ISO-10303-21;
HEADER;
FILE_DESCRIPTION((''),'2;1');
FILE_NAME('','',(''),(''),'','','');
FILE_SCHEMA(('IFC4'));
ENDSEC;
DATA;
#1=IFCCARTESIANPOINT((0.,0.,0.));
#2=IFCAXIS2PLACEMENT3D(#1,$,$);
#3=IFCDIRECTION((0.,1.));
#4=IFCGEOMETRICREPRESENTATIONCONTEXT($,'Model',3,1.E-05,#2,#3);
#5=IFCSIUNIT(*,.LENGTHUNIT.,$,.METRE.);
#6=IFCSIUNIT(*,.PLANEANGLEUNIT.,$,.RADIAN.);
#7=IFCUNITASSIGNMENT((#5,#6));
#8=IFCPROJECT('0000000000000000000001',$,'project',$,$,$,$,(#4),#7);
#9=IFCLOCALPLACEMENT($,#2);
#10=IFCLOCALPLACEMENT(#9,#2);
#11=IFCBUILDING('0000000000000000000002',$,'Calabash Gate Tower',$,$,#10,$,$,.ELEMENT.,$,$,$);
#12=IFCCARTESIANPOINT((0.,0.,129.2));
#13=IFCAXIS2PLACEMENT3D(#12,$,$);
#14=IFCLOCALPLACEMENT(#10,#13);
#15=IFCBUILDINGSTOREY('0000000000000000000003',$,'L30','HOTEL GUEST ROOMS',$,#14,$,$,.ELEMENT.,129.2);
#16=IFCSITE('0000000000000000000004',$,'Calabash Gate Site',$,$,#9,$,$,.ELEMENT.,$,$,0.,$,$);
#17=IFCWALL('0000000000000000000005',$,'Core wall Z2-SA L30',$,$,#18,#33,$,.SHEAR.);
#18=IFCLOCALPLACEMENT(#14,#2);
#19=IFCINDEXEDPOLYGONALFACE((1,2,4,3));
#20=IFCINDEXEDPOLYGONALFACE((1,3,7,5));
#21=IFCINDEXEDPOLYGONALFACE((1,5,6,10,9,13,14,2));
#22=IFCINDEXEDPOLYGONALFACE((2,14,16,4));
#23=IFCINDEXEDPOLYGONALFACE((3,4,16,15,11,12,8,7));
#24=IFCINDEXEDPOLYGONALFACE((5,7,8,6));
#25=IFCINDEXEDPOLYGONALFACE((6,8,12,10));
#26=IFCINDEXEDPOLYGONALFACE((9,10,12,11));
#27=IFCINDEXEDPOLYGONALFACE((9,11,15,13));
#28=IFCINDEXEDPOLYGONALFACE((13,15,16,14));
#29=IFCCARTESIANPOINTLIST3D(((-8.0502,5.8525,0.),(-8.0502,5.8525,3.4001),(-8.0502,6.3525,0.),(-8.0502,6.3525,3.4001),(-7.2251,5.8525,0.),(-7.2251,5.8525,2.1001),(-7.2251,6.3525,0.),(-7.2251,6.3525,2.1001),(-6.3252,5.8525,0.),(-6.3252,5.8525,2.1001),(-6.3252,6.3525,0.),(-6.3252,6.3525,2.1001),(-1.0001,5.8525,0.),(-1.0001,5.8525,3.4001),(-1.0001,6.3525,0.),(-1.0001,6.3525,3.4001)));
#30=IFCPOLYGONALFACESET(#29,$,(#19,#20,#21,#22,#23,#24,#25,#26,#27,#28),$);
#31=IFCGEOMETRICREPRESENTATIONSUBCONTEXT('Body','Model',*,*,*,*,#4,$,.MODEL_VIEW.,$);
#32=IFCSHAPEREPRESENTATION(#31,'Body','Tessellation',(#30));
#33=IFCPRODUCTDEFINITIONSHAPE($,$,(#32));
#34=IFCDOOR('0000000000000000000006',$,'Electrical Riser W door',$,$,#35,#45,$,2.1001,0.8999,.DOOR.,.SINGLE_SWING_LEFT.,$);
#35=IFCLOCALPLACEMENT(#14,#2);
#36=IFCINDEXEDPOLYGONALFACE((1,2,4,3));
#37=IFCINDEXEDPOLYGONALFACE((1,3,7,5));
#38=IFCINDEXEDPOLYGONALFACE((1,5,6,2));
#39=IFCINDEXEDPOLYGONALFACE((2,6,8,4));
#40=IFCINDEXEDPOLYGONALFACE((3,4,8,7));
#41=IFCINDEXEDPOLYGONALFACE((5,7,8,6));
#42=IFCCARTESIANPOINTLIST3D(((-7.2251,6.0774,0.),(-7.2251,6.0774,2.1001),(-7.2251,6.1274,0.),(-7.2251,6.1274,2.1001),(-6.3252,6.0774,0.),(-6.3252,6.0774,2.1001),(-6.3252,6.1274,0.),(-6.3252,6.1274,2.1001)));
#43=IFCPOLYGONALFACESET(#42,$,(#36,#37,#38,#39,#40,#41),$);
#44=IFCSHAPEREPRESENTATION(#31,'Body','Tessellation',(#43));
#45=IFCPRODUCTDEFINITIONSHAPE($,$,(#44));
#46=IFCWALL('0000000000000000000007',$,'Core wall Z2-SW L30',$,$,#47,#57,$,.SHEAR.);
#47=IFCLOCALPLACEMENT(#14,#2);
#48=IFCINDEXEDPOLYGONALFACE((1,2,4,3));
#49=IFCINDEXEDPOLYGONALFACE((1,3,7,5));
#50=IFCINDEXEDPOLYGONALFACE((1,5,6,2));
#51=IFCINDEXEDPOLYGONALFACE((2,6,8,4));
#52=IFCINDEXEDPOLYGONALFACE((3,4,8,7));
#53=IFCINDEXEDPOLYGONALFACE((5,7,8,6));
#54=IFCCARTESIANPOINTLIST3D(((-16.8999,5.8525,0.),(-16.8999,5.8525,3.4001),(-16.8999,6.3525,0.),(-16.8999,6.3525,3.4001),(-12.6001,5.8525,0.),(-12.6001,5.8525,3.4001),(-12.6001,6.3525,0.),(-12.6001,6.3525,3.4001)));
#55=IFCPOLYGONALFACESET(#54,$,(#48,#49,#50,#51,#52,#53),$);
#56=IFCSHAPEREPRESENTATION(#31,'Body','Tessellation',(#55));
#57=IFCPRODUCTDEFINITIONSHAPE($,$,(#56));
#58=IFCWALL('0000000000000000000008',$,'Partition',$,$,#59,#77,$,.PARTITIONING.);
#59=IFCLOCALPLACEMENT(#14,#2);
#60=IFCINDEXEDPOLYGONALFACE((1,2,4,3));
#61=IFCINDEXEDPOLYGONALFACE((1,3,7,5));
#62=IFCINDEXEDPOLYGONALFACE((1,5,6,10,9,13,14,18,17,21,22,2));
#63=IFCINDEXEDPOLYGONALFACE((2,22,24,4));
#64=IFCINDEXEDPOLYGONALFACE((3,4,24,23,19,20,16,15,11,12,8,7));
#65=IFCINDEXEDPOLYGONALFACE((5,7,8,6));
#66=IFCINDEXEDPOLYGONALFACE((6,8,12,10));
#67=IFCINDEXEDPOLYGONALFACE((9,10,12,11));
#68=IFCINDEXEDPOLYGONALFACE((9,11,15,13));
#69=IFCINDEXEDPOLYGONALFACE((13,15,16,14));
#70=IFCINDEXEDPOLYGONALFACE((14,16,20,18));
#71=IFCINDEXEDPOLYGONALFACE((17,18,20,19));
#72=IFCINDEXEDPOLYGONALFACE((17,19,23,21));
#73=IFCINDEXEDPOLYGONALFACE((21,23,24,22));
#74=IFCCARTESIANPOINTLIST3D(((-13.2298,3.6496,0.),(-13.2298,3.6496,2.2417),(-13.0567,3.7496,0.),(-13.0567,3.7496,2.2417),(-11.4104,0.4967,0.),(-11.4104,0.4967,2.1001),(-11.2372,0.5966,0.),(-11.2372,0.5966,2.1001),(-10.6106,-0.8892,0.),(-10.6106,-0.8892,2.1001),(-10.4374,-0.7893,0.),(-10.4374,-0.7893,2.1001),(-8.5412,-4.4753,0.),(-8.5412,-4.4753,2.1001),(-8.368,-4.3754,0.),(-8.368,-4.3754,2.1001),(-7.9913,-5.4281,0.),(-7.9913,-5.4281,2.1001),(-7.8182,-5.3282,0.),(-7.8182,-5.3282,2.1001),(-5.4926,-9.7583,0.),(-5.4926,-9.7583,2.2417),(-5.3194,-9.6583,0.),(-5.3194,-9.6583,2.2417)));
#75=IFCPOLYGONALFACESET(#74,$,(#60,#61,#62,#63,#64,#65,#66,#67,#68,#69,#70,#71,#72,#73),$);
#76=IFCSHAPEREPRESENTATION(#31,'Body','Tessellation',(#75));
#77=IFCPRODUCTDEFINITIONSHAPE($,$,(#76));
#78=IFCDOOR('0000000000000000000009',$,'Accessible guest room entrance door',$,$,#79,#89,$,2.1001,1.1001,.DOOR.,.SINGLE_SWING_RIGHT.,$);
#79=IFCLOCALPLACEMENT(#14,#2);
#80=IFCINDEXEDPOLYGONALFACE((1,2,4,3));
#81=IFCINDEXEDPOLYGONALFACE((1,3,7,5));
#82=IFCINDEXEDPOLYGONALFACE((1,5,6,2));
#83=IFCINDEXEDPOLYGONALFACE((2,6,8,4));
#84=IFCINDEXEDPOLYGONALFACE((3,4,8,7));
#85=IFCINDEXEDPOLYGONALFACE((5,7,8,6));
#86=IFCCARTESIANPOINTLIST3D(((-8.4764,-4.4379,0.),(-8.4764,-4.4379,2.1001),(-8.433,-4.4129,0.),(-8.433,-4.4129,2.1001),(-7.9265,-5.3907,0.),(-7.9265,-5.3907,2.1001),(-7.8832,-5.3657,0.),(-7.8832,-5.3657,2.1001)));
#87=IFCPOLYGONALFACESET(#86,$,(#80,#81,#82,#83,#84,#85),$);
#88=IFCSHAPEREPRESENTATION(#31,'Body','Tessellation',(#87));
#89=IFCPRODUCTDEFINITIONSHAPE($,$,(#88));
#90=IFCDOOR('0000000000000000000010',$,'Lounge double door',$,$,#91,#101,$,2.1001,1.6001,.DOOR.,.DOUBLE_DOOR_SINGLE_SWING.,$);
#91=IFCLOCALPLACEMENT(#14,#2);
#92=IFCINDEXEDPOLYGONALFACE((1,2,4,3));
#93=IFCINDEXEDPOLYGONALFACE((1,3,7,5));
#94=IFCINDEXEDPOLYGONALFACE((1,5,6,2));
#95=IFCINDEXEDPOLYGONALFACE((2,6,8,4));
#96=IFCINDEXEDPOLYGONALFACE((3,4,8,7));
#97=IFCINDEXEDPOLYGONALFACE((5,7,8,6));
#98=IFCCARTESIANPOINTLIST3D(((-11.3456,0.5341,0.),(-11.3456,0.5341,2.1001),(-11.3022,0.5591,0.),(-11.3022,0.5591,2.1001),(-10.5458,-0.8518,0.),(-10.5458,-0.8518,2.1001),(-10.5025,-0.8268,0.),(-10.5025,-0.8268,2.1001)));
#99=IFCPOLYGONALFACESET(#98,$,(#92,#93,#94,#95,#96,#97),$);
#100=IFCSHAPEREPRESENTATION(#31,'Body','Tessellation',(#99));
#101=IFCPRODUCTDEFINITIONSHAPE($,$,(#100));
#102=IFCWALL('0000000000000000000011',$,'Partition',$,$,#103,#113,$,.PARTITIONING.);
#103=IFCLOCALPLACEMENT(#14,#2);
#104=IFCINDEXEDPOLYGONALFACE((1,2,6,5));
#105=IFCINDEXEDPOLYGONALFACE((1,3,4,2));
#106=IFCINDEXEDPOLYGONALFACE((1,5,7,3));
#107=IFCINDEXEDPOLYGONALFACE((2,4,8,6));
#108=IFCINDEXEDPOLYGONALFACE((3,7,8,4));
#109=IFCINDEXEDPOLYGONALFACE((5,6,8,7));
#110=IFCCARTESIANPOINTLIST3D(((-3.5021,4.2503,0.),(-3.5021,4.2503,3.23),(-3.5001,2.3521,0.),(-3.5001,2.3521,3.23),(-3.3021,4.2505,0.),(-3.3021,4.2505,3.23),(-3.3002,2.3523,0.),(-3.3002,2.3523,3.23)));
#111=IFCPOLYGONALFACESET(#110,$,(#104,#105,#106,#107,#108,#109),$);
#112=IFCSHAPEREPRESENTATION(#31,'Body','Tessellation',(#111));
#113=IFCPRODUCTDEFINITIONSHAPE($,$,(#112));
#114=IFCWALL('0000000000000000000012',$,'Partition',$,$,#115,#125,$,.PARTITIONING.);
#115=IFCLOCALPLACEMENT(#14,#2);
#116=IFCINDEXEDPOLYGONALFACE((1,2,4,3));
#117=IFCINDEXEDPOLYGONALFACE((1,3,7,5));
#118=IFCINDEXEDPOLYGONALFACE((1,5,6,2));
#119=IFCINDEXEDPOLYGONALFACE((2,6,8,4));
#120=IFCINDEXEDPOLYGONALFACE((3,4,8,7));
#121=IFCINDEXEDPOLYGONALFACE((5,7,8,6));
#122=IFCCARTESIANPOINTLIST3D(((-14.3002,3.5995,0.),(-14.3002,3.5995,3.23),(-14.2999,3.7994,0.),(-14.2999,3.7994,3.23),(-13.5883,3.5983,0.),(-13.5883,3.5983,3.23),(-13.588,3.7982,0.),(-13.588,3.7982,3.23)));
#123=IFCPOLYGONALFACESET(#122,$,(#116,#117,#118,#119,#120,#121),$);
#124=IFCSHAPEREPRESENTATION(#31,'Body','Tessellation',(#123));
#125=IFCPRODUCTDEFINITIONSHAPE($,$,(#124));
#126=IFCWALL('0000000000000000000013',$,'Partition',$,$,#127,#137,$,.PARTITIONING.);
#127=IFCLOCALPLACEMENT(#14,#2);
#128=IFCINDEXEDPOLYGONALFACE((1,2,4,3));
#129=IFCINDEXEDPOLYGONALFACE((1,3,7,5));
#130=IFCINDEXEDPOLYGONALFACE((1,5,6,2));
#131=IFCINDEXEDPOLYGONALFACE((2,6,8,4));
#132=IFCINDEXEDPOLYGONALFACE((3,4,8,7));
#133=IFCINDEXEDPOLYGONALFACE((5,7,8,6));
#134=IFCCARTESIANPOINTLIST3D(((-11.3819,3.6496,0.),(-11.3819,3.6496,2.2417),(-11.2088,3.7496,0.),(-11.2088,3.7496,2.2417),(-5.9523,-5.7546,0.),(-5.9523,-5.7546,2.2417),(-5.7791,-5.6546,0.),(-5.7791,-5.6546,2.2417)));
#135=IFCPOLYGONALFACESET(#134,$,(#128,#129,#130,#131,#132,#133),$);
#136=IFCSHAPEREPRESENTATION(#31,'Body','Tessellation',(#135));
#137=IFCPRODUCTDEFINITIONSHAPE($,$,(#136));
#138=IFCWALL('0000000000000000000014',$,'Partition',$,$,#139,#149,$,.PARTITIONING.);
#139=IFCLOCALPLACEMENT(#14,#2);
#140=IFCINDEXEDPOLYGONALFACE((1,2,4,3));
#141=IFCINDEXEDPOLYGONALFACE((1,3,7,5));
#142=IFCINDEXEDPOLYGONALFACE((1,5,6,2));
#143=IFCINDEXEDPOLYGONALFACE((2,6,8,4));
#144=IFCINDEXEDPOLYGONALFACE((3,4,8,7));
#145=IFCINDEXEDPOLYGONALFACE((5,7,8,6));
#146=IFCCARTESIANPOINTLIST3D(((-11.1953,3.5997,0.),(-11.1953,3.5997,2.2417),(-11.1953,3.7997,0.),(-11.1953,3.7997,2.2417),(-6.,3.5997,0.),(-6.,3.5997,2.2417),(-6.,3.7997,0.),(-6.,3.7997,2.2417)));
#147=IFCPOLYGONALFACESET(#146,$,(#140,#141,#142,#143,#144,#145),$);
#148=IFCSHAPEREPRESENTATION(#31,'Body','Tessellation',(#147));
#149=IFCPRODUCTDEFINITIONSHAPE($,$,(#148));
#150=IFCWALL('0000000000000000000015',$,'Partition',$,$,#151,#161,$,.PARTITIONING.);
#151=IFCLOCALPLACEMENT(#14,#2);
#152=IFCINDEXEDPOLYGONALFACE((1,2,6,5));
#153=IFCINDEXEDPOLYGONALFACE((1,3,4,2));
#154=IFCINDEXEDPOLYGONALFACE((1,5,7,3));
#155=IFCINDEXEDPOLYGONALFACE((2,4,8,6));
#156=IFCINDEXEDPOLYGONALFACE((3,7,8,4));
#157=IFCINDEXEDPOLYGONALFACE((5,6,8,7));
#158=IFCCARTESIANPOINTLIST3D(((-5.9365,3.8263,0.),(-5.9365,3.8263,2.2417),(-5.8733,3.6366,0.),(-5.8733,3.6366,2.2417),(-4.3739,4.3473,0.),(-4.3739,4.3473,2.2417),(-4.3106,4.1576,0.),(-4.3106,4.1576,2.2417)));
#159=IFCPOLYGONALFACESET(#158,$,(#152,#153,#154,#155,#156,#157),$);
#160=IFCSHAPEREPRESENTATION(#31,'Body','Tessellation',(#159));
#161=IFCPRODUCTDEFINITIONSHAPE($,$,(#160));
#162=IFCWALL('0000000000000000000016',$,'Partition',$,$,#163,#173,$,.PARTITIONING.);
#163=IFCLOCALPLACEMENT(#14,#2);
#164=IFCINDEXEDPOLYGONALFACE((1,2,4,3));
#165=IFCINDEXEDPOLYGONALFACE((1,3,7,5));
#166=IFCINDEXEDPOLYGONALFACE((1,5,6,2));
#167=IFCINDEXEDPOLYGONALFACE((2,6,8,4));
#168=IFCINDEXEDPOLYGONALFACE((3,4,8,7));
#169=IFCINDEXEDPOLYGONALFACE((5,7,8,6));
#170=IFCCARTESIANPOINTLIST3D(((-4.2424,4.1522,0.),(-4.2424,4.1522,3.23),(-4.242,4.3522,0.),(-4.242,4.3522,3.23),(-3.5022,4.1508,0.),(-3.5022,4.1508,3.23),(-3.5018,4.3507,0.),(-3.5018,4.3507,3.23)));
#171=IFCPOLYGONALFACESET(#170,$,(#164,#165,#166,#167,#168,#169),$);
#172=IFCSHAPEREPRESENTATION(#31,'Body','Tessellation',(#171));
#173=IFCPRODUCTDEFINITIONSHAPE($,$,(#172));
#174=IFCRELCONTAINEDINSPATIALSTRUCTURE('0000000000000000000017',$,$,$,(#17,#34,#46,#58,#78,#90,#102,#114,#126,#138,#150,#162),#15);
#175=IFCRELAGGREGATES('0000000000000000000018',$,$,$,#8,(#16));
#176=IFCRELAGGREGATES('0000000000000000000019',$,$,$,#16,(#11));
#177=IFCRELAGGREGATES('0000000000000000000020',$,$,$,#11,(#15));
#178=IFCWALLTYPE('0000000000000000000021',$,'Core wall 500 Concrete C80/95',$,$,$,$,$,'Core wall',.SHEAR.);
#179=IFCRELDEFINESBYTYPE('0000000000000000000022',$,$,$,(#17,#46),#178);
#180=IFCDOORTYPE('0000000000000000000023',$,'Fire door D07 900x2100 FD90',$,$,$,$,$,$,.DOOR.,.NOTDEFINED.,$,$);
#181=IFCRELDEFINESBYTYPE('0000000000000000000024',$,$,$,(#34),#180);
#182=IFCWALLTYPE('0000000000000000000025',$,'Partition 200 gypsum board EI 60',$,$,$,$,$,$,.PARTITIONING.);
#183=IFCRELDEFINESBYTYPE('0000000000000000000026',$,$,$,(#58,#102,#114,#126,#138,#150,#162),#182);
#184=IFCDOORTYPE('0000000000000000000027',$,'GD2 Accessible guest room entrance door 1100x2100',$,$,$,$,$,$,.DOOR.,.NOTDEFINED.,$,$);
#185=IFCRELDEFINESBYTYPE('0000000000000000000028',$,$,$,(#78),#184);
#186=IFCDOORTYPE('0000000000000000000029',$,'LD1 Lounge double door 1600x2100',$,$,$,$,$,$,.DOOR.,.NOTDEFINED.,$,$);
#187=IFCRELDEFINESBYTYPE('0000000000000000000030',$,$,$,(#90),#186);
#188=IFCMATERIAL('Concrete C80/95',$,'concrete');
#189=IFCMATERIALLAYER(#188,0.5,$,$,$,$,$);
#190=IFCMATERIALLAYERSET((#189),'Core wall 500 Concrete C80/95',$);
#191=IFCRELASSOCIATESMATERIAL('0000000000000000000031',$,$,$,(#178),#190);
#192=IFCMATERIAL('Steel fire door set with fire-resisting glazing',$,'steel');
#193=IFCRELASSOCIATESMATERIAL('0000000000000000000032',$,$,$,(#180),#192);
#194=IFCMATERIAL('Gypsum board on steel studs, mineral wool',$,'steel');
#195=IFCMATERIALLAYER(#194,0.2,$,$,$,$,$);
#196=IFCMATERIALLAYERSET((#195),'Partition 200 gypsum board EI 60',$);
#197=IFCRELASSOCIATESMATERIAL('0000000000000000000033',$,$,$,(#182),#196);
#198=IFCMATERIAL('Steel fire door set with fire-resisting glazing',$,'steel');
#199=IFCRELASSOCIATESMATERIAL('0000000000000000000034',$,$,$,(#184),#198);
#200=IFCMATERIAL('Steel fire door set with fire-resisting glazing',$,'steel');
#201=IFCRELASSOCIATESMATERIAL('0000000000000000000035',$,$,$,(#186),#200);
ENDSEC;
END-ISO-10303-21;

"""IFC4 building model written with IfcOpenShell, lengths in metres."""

from ifc_helpers import new_model, si_unit, direction, frame, frame_2d, origin, place, context, subcontext, project, spatial, rectangle, extrude, material, layer, layer_set, type_object, element, fill, save


model = new_model("IFC4")

# Units and contexts
model_context = context("Model", 3, precision=1e-05, world=origin(), true_north=direction((0.0, 1.0)))
body_context = subcontext(model_context, "Body", "Model", "MODEL_VIEW")
ifc_project = project(units=[si_unit("LENGTHUNIT", "METRE"), si_unit("PLANEANGLEUNIT", "RADIAN")], contexts=[model_context])

# Site, building, storey
site_placement = place(None, origin())
site = spatial("IfcSite", under=ifc_project, at=site_placement, Name="Calabash Gate Site", CompositionType="ELEMENT", RefElevation=0.0)
building_placement = place(site_placement, origin())
building = spatial("IfcBuilding", under=site, at=building_placement, Name="Calabash Gate Tower", CompositionType="ELEMENT")
storey_placement = place(building_placement, frame((0.0, 0.0, 129.2)))
storey = spatial("IfcBuildingStorey", under=building, at=storey_placement, Name="L30", Description="HOTEL GUEST ROOMS", CompositionType="ELEMENT", Elevation=129.2)

# Shared definitions
ifc_material_1 = material(Name="Concrete C80/95", Category="concrete")
ifc_layer_1 = layer(ifc_material_1, 0.5)
ifc_layer_set_1 = layer_set([ifc_layer_1], Name="Core wall 500 Concrete C80/95")
wall_type_1 = type_object("IfcWallType", Name="Core wall 500 Concrete C80/95", ElementType="Core wall", PredefinedType="SHEAR", material=ifc_layer_set_1)

# Wall, opening, door
wall_1_placement = place(storey_placement, frame((-8.05, 6.1025, 0.0), z_axis=(0.0, 0.0, 1.0), x_axis=(1.0, 0.0, 0.0)))
wall_1 = element("IfcWall", 1, at=wall_1_placement, inside=storey, type_object=wall_type_1, Name="Core wall Z2-SA L30", PredefinedType="SHEAR", context=body_context, shape_type="SweptSolid", body=[
    extrude(rectangle(XDim=7.05, YDim=0.5, at=frame_2d((3.5249, 0.0))), origin(), (0.0, 0.0, 1.0), 3.4001),
])
opening_1_placement = place(wall_1_placement, frame((0.825, 0.0, 0.0)))
opening_1 = element("IfcOpeningElement", 2, at=opening_1_placement, cuts=wall_1, PredefinedType="OPENING", context=body_context, shape_type="SweptSolid", body=[
    extrude(rectangle(XDim=0.8999, YDim=2.1001, at=frame_2d((0.45, 1.05))), frame((0.0, 0.26, 0.0), z_axis=(0.0, -1.0, 0.0), x_axis=(1.0, 0.0, 0.0)), (0.0, 0.0, 1.0), 0.52),
])
ifc_material_2 = material(Name="Steel fire door set with fire-resisting glazing", Category="steel")
door_type_1 = type_object("IfcDoorType", Name="Fire door D07 900x2100 FD90", OperationType="NOTDEFINED", PredefinedType="DOOR", material=ifc_material_2)
door_1_placement = place(opening_1_placement, origin())
door_1 = element("IfcDoor", 3, at=door_1_placement, inside=storey, type_object=door_type_1, Name="Electrical Riser W door", OperationType="SINGLE_SWING_LEFT", OverallHeight=2.1001, OverallWidth=0.8999, PredefinedType="DOOR", context=body_context, shape_type="SweptSolid", body=[
    extrude(rectangle(XDim=0.8999, YDim=2.1001, at=frame_2d((0.45, 1.05))), frame((0.0, 0.0249, 0.0), z_axis=(0.0, -1.0, 0.0), x_axis=(1.0, 0.0, 0.0)), (0.0, 0.0, 1.0), 0.05),
])
fill(opening_1, door_1)

# Wall
wall_2_placement = place(storey_placement, frame((-12.6001, 6.1025, 0.0), z_axis=(0.0, 0.0, 1.0), x_axis=(-1.0, 0.0, 0.0)))
element("IfcWall", 4, at=wall_2_placement, inside=storey, type_object=wall_type_1, Name="Core wall Z2-SW L30", PredefinedType="SHEAR", context=body_context, shape_type="SweptSolid", body=[
    extrude(rectangle(XDim=4.2998, YDim=0.5, at=frame_2d((2.1499, 0.0))), origin(), (0.0, 0.0, 1.0), 3.4001),
])

# Wall, openings, doors
ifc_material_3 = material(Name="Gypsum board on steel studs, mineral wool", Category="steel")
ifc_layer_2 = layer(ifc_material_3, 0.2)
ifc_layer_set_2 = layer_set([ifc_layer_2], Name="Partition 200 gypsum board EI 60")
wall_type_2 = type_object("IfcWallType", Name="Partition 200 gypsum board EI 60", PredefinedType="PARTITIONING", material=ifc_layer_set_2)
wall_3_placement = place(storey_placement, frame((-13.1433, 3.6997, 0.0), z_axis=(0.0, 0.0, 1.0), x_axis=(0.499817, -0.866131, 0.0)))
wall_3 = element("IfcWall", 5, at=wall_3_placement, inside=storey, type_object=wall_type_2, Name="Partition", PredefinedType="PARTITIONING", context=body_context, shape_type="SweptSolid", body=[
    extrude(rectangle(XDim=15.4802, YDim=0.2, at=frame_2d((7.7402, 0.0))), origin(), (0.0, 0.0, 1.0), 2.2417),
])
opening_2_placement = place(wall_3_placement, frame((3.6404, 0.0, 0.0)))
opening_2 = element("IfcOpeningElement", 6, at=opening_2_placement, cuts=wall_3, PredefinedType="OPENING", context=body_context, shape_type="SweptSolid", body=[
    extrude(rectangle(XDim=1.6001, YDim=2.1001, at=frame_2d((0.8, 1.05))), frame((0.0, 0.1099, 0.0), z_axis=(0.0, -1.0, 0.0), x_axis=(1.0, 0.0, 0.0)), (0.0, 0.0, 1.0), 0.22),
])
opening_3_placement = place(wall_3_placement, frame((9.3809, 0.0, 0.0)))
opening_3 = element("IfcOpeningElement", 7, at=opening_3_placement, cuts=wall_3, PredefinedType="OPENING", context=body_context, shape_type="SweptSolid", body=[
    extrude(rectangle(XDim=1.1001, YDim=2.1001, at=frame_2d((0.55, 1.05))), frame((0.0, 0.1099, 0.0), z_axis=(0.0, -1.0, 0.0), x_axis=(1.0, 0.0, 0.0)), (0.0, 0.0, 1.0), 0.22),
])
ifc_material_4 = material(Name="Steel fire door set with fire-resisting glazing", Category="steel")
door_type_2 = type_object("IfcDoorType", Name="GD2 Accessible guest room entrance door 1100x2100", OperationType="NOTDEFINED", PredefinedType="DOOR", material=ifc_material_4)
door_2_placement = place(opening_3_placement, origin())
door_2 = element("IfcDoor", 8, at=door_2_placement, inside=storey, type_object=door_type_2, Name="Accessible guest room entrance door", OperationType="SINGLE_SWING_RIGHT", OverallHeight=2.1001, OverallWidth=1.1001, PredefinedType="DOOR", context=body_context, shape_type="SweptSolid", body=[
    extrude(rectangle(XDim=1.1001, YDim=2.1001, at=frame_2d((0.55, 1.05))), frame((0.0, 0.0249, 0.0), z_axis=(0.0, -1.0, 0.0), x_axis=(1.0, 0.0, 0.0)), (0.0, 0.0, 1.0), 0.05),
])
fill(opening_3, door_2)
ifc_material_5 = material(Name="Steel fire door set with fire-resisting glazing", Category="steel")
door_type_3 = type_object("IfcDoorType", Name="LD1 Lounge double door 1600x2100", OperationType="NOTDEFINED", PredefinedType="DOOR", material=ifc_material_5)
door_3_placement = place(opening_2_placement, origin())
door_3 = element("IfcDoor", 9, at=door_3_placement, inside=storey, type_object=door_type_3, Name="Lounge double door", OperationType="DOUBLE_DOOR_SINGLE_SWING", OverallHeight=2.1001, OverallWidth=1.6001, PredefinedType="DOOR", context=body_context, shape_type="SweptSolid", body=[
    extrude(rectangle(XDim=1.6001, YDim=2.1001, at=frame_2d((0.8, 1.05))), frame((0.0, 0.0249, 0.0), z_axis=(0.0, -1.0, 0.0), x_axis=(1.0, 0.0, 0.0)), (0.0, 0.0, 1.0), 0.05),
])
fill(opening_2, door_3)

# Walls
wall_4_placement = place(storey_placement, frame((-3.4021, 4.2505, 0.0), z_axis=(0.0, 0.0, 1.0), x_axis=(0.001029, -0.999999, 0.0)))
element("IfcWall", 10, at=wall_4_placement, inside=storey, type_object=wall_type_2, Name="Partition", PredefinedType="PARTITIONING", context=body_context, shape_type="SweptSolid", body=[
    extrude(rectangle(XDim=1.8982, YDim=0.2, at=frame_2d((0.9492, 0.0))), origin(), (0.0, 0.0, 1.0), 3.23),
])
wall_5_placement = place(storey_placement, frame((-14.3, 3.6995, 0.0), z_axis=(0.0, 0.0, 1.0), x_axis=(0.999999, -0.001715, 0.0)))
element("IfcWall", 11, at=wall_5_placement, inside=storey, type_object=wall_type_2, Name="Partition", PredefinedType="PARTITIONING", context=body_context, shape_type="SweptSolid", body=[
    extrude(rectangle(XDim=0.7119, YDim=0.2, at=frame_2d((0.356, 0.0))), origin(), (0.0, 0.0, 1.0), 3.23),
])
wall_6_placement = place(storey_placement, frame((-11.2954, 3.6997, 0.0), z_axis=(0.0, 0.0, 1.0), x_axis=(0.500008, -0.866021, 0.0)))
element("IfcWall", 12, at=wall_6_placement, inside=storey, type_object=wall_type_2, Name="Partition", PredefinedType="PARTITIONING", context=body_context, shape_type="SweptSolid", body=[
    extrude(rectangle(XDim=10.8591, YDim=0.2, at=frame_2d((5.4297, 0.0))), origin(), (0.0, 0.0, 1.0), 2.2417),
])
wall_7_placement = place(storey_placement, frame((-11.1953, 3.6997, 0.0), z_axis=(0.0, 0.0, 1.0), x_axis=(1.0, 0.0, 0.0)))
element("IfcWall", 13, at=wall_7_placement, inside=storey, type_object=wall_type_2, Name="Partition", PredefinedType="PARTITIONING", context=body_context, shape_type="SweptSolid", body=[
    extrude(rectangle(XDim=5.1953, YDim=0.2, at=frame_2d((2.5977, 0.0))), origin(), (0.0, 0.0, 1.0), 2.2417),
])
wall_8_placement = place(storey_placement, frame((-5.905, 3.7314, 0.0), z_axis=(0.0, 0.0, 1.0), x_axis=(0.948668, 0.316272, 0.0)))
element("IfcWall", 14, at=wall_8_placement, inside=storey, type_object=wall_type_2, Name="Partition", PredefinedType="PARTITIONING", context=body_context, shape_type="SweptSolid", body=[
    extrude(rectangle(XDim=1.6472, YDim=0.2, at=frame_2d((0.8237, 0.0))), origin(), (0.0, 0.0, 1.0), 2.2417),
])
wall_9_placement = place(storey_placement, frame((-4.2422, 4.2522, 0.0), z_axis=(0.0, 0.0, 1.0), x_axis=(0.999998, -0.001979, 0.0)))
element("IfcWall", 15, at=wall_9_placement, inside=storey, type_object=wall_type_2, Name="Partition", PredefinedType="PARTITIONING", context=body_context, shape_type="SweptSolid", body=[
    extrude(rectangle(XDim=0.7402, YDim=0.2, at=frame_2d((0.3701, 0.0))), origin(), (0.0, 0.0, 1.0), 3.23),
])

save(model, "model.ifc")
